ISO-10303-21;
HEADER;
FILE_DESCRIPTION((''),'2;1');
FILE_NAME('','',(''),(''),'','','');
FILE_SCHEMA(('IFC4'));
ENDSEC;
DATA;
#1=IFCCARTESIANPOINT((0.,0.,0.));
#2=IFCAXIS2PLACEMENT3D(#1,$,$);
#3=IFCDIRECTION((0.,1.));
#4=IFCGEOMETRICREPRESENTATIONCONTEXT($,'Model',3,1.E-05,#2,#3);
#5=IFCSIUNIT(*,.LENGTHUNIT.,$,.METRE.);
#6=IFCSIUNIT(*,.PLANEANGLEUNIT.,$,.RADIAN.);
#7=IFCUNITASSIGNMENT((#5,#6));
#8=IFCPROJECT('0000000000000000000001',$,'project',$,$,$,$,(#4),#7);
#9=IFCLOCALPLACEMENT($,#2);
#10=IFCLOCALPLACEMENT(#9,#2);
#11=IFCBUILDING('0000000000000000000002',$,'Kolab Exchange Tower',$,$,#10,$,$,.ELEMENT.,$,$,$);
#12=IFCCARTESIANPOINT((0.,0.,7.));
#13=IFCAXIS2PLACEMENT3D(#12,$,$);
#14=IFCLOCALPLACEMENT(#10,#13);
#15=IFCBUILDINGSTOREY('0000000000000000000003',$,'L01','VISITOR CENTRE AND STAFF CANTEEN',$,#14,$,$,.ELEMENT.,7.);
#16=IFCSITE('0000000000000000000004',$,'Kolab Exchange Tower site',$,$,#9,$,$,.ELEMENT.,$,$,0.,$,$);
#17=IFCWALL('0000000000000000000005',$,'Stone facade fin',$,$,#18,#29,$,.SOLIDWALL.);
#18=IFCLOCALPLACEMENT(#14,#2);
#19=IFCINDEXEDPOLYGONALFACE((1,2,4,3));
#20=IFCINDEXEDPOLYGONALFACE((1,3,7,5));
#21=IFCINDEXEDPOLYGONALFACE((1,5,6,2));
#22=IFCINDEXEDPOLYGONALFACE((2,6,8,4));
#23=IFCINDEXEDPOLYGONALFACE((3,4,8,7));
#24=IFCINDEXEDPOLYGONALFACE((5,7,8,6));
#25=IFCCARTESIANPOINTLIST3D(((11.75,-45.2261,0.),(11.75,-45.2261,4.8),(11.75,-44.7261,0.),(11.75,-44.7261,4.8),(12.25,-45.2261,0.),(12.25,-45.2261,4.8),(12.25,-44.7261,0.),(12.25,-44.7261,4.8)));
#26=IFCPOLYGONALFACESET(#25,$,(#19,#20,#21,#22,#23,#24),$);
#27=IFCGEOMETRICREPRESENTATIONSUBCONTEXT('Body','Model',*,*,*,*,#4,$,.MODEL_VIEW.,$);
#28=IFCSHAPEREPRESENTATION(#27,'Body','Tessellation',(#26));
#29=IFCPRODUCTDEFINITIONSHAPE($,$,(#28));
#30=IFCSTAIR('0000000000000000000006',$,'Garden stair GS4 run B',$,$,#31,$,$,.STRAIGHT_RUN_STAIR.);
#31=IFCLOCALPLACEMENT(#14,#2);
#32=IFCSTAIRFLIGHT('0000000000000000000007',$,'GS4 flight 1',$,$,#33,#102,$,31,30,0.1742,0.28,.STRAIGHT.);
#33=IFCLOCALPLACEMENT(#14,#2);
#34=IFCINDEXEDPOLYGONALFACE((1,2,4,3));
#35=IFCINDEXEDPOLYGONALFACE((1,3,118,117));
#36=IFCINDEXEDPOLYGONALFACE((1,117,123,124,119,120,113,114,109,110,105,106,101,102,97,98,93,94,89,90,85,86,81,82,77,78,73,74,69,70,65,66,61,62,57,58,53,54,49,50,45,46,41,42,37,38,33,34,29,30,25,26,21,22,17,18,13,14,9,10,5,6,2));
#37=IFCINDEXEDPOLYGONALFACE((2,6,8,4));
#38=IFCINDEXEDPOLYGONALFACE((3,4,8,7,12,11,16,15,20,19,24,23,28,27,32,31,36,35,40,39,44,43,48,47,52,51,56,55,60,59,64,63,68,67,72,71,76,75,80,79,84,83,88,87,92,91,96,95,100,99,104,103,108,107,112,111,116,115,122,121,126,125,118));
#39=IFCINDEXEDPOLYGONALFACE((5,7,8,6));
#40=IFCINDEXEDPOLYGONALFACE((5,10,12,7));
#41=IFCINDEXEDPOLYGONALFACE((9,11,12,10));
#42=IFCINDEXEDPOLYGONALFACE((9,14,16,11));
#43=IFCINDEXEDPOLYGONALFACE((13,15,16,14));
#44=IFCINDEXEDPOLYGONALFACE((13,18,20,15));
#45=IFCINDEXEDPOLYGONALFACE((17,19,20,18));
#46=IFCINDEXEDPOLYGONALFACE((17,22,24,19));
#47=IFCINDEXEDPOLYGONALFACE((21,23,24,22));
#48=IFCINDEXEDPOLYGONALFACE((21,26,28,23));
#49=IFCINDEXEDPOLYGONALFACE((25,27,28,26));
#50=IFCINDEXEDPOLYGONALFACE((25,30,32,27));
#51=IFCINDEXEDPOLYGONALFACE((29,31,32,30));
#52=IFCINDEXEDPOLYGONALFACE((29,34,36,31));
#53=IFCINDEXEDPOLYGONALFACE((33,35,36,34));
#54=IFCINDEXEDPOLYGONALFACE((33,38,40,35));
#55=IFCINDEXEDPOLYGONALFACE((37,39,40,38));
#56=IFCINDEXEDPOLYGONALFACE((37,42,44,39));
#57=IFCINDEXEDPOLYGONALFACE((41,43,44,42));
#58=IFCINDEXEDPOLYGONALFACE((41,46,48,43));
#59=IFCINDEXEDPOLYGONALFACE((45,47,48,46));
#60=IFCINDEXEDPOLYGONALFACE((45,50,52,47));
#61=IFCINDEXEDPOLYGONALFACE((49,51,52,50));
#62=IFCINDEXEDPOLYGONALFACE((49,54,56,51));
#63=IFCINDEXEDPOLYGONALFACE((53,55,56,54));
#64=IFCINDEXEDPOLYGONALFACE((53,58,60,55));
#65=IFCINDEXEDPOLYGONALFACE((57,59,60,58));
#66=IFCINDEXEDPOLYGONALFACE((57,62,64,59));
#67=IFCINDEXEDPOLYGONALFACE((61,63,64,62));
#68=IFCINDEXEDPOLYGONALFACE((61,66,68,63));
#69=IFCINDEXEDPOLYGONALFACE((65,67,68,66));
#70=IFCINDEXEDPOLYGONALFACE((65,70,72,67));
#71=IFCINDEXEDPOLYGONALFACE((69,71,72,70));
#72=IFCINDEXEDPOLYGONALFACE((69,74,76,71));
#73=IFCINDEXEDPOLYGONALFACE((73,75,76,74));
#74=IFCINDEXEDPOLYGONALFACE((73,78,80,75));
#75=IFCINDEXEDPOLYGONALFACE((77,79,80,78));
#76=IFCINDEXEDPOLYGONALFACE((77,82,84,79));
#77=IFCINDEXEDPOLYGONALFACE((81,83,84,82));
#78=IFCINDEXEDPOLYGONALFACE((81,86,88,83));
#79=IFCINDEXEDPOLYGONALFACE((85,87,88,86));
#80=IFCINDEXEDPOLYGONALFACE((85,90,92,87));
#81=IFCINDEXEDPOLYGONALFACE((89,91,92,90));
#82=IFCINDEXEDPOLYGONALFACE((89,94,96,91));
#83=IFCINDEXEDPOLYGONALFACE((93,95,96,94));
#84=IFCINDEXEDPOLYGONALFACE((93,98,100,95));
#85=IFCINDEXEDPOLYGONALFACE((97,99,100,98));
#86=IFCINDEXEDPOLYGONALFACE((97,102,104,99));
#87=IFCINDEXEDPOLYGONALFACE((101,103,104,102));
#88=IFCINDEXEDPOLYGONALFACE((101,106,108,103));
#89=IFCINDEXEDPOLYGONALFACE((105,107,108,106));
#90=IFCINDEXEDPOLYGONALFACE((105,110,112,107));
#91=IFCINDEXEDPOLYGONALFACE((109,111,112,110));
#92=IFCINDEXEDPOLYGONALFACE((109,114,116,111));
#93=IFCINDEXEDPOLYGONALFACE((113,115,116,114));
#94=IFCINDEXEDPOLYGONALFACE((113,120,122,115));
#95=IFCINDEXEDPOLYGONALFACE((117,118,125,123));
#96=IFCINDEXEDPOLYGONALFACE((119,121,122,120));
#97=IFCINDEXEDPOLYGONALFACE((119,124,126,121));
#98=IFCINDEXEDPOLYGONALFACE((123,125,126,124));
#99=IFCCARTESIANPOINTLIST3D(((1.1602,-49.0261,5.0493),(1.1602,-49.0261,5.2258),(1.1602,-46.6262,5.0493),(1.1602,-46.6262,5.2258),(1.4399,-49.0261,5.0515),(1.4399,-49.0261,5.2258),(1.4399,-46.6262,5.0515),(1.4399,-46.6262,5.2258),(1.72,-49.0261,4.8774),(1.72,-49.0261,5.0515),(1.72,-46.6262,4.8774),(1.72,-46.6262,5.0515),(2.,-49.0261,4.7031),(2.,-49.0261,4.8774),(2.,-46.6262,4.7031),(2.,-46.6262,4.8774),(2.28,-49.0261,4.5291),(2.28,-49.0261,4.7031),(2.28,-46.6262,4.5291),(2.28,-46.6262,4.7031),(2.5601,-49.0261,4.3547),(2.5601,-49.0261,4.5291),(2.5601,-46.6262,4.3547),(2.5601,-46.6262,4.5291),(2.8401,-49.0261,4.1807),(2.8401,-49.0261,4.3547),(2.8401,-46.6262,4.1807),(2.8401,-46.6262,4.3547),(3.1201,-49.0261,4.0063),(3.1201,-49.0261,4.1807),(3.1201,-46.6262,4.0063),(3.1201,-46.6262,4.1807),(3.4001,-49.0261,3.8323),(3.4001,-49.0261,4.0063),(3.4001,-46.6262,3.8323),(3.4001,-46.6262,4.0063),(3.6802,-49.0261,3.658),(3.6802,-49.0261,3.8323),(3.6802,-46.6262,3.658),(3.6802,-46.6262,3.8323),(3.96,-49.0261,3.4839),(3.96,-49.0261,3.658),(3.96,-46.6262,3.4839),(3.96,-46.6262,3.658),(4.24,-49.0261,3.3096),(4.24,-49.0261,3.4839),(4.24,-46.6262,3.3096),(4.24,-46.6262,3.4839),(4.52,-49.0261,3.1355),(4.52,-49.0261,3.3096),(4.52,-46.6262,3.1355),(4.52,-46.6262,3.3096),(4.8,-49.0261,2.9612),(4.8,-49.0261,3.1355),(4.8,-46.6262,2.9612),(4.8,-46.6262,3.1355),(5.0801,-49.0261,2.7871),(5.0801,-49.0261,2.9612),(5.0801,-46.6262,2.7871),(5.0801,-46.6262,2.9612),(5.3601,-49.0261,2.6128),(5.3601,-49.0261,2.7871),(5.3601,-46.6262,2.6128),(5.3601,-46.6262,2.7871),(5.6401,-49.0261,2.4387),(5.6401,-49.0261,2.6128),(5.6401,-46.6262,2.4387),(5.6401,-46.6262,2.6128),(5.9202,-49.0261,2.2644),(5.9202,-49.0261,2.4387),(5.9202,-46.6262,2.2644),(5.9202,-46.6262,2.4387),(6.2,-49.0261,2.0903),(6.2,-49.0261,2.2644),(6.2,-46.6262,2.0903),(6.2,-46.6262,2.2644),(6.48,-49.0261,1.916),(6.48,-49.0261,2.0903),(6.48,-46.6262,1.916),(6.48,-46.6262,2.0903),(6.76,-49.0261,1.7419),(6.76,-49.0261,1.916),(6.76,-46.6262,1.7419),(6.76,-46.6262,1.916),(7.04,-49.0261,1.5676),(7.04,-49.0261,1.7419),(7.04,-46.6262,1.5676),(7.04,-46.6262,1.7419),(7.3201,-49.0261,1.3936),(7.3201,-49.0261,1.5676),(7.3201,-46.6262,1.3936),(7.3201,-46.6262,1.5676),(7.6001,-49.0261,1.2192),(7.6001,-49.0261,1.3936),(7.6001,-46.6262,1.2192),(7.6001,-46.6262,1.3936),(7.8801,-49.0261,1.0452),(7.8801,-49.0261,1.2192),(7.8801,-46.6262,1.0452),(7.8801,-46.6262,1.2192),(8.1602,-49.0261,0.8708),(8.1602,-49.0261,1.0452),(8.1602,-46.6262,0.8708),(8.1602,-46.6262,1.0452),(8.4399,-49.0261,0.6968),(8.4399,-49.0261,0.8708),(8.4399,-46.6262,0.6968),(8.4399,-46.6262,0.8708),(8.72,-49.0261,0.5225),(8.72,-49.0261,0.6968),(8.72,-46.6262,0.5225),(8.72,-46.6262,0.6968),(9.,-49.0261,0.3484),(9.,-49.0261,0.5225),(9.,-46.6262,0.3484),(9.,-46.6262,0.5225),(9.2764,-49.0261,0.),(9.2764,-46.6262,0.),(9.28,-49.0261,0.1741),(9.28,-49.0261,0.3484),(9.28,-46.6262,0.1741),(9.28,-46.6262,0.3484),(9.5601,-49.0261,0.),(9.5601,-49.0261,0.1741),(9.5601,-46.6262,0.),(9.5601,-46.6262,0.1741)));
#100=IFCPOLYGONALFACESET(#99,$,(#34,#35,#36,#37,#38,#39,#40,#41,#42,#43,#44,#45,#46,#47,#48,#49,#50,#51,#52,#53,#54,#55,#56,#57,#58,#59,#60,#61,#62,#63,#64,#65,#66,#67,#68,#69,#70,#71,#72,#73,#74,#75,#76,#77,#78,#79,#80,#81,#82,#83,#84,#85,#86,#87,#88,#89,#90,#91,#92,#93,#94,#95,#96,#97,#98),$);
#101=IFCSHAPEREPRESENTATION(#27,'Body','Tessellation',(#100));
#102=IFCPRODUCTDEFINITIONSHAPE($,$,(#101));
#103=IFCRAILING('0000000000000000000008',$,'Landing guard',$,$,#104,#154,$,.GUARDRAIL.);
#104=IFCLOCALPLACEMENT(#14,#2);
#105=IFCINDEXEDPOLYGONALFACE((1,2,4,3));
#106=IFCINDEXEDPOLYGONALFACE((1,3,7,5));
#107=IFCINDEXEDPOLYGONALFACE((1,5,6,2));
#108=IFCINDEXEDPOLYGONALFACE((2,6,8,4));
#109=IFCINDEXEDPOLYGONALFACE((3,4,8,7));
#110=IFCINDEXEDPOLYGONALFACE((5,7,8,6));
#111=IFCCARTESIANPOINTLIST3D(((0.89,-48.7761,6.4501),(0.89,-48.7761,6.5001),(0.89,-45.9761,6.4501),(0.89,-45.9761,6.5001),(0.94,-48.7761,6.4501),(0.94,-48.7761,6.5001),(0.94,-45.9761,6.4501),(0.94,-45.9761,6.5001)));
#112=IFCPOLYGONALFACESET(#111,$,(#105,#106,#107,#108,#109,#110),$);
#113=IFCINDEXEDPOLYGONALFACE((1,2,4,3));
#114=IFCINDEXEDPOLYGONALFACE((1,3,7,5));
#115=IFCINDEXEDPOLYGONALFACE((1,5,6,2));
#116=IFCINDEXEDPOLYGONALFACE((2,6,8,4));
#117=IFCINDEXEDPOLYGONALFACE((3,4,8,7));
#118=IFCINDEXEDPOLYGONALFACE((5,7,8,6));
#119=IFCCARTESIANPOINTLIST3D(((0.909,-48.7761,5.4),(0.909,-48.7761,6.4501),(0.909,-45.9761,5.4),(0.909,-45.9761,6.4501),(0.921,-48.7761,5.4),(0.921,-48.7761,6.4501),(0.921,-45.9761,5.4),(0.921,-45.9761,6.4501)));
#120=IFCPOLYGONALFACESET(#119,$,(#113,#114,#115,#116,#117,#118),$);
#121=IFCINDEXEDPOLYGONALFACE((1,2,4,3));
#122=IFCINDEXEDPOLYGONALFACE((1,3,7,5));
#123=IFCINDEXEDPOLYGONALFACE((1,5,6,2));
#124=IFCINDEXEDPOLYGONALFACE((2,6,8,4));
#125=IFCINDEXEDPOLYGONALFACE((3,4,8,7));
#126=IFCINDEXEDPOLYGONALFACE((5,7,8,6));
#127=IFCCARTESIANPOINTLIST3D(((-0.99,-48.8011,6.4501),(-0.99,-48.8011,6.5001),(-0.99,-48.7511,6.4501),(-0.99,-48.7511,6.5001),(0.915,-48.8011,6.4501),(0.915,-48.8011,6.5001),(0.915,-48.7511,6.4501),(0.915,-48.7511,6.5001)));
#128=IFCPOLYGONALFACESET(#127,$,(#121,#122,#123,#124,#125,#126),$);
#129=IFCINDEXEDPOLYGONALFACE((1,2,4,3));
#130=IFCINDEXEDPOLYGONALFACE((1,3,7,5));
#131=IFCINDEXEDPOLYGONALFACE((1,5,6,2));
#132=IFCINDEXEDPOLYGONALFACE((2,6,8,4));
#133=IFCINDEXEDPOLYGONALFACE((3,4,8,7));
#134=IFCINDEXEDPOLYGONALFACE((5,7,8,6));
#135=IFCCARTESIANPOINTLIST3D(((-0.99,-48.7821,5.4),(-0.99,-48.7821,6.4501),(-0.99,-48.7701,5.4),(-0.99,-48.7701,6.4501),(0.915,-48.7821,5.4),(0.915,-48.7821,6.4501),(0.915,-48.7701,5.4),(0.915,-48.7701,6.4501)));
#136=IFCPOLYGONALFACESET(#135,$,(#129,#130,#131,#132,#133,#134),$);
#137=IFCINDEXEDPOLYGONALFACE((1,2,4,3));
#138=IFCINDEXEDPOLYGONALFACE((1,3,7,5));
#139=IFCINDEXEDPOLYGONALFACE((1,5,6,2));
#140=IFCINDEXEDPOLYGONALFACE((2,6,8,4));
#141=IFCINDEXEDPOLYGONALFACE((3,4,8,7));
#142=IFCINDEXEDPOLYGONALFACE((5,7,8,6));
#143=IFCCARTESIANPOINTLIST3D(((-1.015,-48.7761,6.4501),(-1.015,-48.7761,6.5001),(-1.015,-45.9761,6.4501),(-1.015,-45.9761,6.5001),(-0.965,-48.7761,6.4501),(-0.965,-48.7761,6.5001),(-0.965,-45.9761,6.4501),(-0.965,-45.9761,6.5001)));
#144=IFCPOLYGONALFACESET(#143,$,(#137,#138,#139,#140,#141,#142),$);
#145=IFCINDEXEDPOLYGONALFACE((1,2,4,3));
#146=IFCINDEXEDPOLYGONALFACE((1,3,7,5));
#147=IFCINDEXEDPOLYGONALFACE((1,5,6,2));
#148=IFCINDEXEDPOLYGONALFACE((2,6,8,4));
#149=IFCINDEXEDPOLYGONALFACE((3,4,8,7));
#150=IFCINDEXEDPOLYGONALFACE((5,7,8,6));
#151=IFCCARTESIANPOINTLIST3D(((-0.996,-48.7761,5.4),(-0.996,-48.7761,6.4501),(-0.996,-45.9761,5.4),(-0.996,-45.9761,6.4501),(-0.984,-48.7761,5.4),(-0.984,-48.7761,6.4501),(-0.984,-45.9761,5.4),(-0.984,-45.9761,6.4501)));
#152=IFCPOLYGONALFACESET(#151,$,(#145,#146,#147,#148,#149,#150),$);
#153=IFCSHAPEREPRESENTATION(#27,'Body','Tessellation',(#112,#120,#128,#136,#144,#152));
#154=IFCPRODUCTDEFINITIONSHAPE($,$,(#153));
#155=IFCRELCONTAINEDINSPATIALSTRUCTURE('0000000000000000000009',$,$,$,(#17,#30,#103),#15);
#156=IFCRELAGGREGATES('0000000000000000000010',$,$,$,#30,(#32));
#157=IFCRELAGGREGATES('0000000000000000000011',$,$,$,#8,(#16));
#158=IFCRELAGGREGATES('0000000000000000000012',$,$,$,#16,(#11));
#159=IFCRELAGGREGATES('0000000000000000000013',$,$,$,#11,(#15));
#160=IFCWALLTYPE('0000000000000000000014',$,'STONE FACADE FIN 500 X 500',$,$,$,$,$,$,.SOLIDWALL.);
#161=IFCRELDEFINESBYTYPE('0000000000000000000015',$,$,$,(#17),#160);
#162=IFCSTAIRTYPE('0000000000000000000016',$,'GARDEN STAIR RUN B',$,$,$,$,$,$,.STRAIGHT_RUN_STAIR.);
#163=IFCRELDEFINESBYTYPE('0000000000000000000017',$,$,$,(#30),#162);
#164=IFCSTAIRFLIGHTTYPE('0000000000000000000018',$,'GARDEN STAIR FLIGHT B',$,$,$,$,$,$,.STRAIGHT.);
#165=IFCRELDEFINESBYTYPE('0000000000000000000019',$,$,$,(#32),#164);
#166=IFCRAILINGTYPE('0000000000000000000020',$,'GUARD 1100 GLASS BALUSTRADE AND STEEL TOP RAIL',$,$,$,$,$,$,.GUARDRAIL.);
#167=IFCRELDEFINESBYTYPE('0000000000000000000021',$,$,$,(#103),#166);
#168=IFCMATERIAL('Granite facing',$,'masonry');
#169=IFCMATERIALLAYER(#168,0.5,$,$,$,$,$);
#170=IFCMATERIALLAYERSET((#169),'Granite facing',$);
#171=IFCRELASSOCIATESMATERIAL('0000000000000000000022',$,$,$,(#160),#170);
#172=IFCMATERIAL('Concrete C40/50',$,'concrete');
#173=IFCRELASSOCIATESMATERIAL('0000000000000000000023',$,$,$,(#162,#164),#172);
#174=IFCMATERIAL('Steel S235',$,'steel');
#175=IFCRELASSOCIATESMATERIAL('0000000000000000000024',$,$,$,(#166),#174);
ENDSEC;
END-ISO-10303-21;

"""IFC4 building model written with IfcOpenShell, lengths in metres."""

from ifc_helpers import new_model, si_unit, direction, frame, frame_2d, origin, origin_2d, place, context, subcontext, project, spatial, polyline, rectangle, outline, extrude, material, layer, layer_set, type_object, element, aggregate, save


model = new_model("IFC4")

# Units and contexts
model_context = context("Model", 3, precision=1e-05, world=origin(), true_north=direction((0.0, 1.0)))
body_context = subcontext(model_context, "Body", "Model", "MODEL_VIEW")
ifc_project = project(units=[si_unit("LENGTHUNIT", "METRE"), si_unit("PLANEANGLEUNIT", "RADIAN")], contexts=[model_context])

# Site, building, storey
site_placement = place(None, origin())
site = spatial("IfcSite", under=ifc_project, at=site_placement, Name="Kolab Exchange Tower site", CompositionType="ELEMENT", RefElevation=0.0)
building_placement = place(site_placement, origin())
building = spatial("IfcBuilding", under=site, at=building_placement, Name="Kolab Exchange Tower", CompositionType="ELEMENT")
storey_placement = place(building_placement, frame((0.0, 0.0, 7.0)))
storey = spatial("IfcBuildingStorey", under=building, at=storey_placement, Name="L01", Description="VISITOR CENTRE AND STAFF CANTEEN", CompositionType="ELEMENT", Elevation=7.0)

# Wall
ifc_material_1 = material(Name="Granite facing", Category="masonry")
ifc_material_2 = material(Name="Concrete C40/50", Category="concrete")
ifc_layer_1 = layer(ifc_material_1, 0.5)
ifc_layer_set_1 = layer_set([ifc_layer_1], Name="Granite facing")
wall_type_1 = type_object("IfcWallType", Name="STONE FACADE FIN 500 X 500", PredefinedType="SOLIDWALL", material=ifc_layer_set_1)
wall_1_placement = place(storey_placement, frame((12.25, -44.9761, 0.0), z_axis=(0.0, 0.0, 1.0), x_axis=(-1.0, 0.0, 0.0)))
element("IfcWall", 1, at=wall_1_placement, inside=storey, type_object=wall_type_1, Name="Stone facade fin", PredefinedType="SOLIDWALL", context=body_context, shape_type="SweptSolid", body=[
    extrude(rectangle(XDim=0.5, YDim=0.5, at=frame_2d((0.25, 0.0))), origin(), (0.0, 0.0, 1.0), 4.8),
])

# Stair, stair flight
stair_type = type_object("IfcStairType", Name="GARDEN STAIR RUN B", PredefinedType="STRAIGHT_RUN_STAIR", material=ifc_material_2)
stair_placement = place(storey_placement, origin())
stair = element("IfcStair", 2, at=stair_placement, inside=storey, type_object=stair_type, Name="Garden stair GS4 run B", PredefinedType="STRAIGHT_RUN_STAIR")
stair_flight_type = type_object("IfcStairFlightType", Name="GARDEN STAIR FLIGHT B", PredefinedType="STRAIGHT", material=ifc_material_2)
stair_flight_placement = place(storey_placement, frame((9.5601, -47.8262, 0.0), z_axis=(0.0, 0.0, 1.0), x_axis=(-1.0, 0.0, 0.0)))
stair_flight = element("IfcStairFlight", 3, at=stair_flight_placement, type_object=stair_flight_type, Name="GS4 flight 1", NumberOfRisers=31, NumberOfTreads=30, PredefinedType="STRAIGHT", RiserHeight=0.1742, TreadLength=0.28, context=body_context, shape_type="SweptSolid", body=[
    extrude(outline(polyline([(0.0, 0.0), (0.0, 0.1741), (0.28, 0.1741), (0.28, 0.3484), (0.5601, 0.3484), (0.5601, 0.5225), (0.8401, 0.5225), (0.8401, 0.6968), (1.1201, 0.6968), (1.1201, 0.8708), (1.3999, 0.8708), (1.3999, 1.0452), (1.6799, 1.0452), (1.6799, 1.2192), (1.96, 1.2192), (1.96, 1.3936), (2.24, 1.3936), (2.24, 1.5676), (2.52, 1.5676), (2.52, 1.7419), (2.8, 1.7419), (2.8, 1.916), (3.0801, 1.916), (3.0801, 2.0903), (3.3601, 2.0903), (3.3601, 2.2644), (3.6399, 2.2644), (3.6399, 2.4387), (3.9199, 2.4387), (3.9199, 2.6128), (4.2, 2.6128), (4.2, 2.7871), (4.48, 2.7871), (4.48, 2.9612), (4.76, 2.9612), (4.76, 3.1355), (5.04, 3.1355), (5.04, 3.3096), (5.3201, 3.3096), (5.3201, 3.4839), (5.6001, 3.4839), (5.6001, 3.658), (5.8799, 3.658), (5.8799, 3.8323), (6.1599, 3.8323), (6.1599, 4.0063), (6.4399, 4.0063), (6.4399, 4.1807), (6.72, 4.1807), (6.72, 4.3547), (7.0, 4.3547), (7.0, 4.5291), (7.28, 4.5291), (7.28, 4.7031), (7.5601, 4.7031), (7.5601, 4.8774), (7.8401, 4.8774), (7.8401, 5.0515), (8.1201, 5.0515), (8.1201, 5.2258), (8.3999, 5.2258), (8.3999, 5.3999), (8.3999, 5.0493), (0.2837, 0.0), (0.0, 0.0)])), frame((0.0, 1.2, 0.0), z_axis=(0.0, -1.0, 0.0), x_axis=(1.0, 0.0, 0.0)), (0.0, 0.0, 1.0), 2.3999),
])
aggregate(stair, [stair_flight])

# Railing
ifc_material_3 = material(Name="Steel S235", Category="steel")
railing_type = type_object("IfcRailingType", Name="GUARD 1100 GLASS BALUSTRADE AND STEEL TOP RAIL", PredefinedType="GUARDRAIL", material=ifc_material_3)
railing_placement = place(storey_placement, frame((0.915, -45.9761, 5.3999)))
element("IfcRailing", 4, at=railing_placement, inside=storey, type_object=railing_type, Name="Landing guard", PredefinedType="GUARDRAIL", context=body_context, shape_type="SweptSolid", body=[
    extrude(rectangle(XDim=0.05, YDim=0.05, at=origin_2d()), frame((0.0, 0.0, 1.0752), z_axis=(0.0, -1.0, 0.0), x_axis=(1.0, 0.0, 0.0)), (0.0, 0.0, 1.0), 2.8),
    extrude(rectangle(XDim=0.012, YDim=1.0501, at=frame_2d((0.0, 0.5251))), frame((0.0, 0.0, 0.0), z_axis=(0.0, -1.0, 0.0), x_axis=(1.0, 0.0, 0.0)), (0.0, 0.0, 1.0), 2.8),
    extrude(rectangle(XDim=0.05, YDim=0.05, at=origin_2d()), frame((0.0, -2.8, 1.0752), z_axis=(-1.0, 0.0, 0.0), x_axis=(0.0, -1.0, 0.0)), (0.0, 0.0, 1.0), 1.905),
    extrude(rectangle(XDim=0.012, YDim=1.0501, at=frame_2d((0.0, 0.5251))), frame((0.0, -2.8, 0.0), z_axis=(-1.0, 0.0, 0.0), x_axis=(0.0, -1.0, 0.0)), (0.0, 0.0, 1.0), 1.905),
    extrude(rectangle(XDim=0.05, YDim=0.05, at=origin_2d()), frame((-1.905, -2.8, 1.0752), z_axis=(0.0, 1.0, 0.0), x_axis=(-1.0, 0.0, 0.0)), (0.0, 0.0, 1.0), 2.8),
    extrude(rectangle(XDim=0.012, YDim=1.0501, at=frame_2d((0.0, 0.5251))), frame((-1.905, -2.8, 0.0), z_axis=(0.0, 1.0, 0.0), x_axis=(-1.0, 0.0, 0.0)), (0.0, 0.0, 1.0), 2.8),
])

save(model, "model.ifc")
